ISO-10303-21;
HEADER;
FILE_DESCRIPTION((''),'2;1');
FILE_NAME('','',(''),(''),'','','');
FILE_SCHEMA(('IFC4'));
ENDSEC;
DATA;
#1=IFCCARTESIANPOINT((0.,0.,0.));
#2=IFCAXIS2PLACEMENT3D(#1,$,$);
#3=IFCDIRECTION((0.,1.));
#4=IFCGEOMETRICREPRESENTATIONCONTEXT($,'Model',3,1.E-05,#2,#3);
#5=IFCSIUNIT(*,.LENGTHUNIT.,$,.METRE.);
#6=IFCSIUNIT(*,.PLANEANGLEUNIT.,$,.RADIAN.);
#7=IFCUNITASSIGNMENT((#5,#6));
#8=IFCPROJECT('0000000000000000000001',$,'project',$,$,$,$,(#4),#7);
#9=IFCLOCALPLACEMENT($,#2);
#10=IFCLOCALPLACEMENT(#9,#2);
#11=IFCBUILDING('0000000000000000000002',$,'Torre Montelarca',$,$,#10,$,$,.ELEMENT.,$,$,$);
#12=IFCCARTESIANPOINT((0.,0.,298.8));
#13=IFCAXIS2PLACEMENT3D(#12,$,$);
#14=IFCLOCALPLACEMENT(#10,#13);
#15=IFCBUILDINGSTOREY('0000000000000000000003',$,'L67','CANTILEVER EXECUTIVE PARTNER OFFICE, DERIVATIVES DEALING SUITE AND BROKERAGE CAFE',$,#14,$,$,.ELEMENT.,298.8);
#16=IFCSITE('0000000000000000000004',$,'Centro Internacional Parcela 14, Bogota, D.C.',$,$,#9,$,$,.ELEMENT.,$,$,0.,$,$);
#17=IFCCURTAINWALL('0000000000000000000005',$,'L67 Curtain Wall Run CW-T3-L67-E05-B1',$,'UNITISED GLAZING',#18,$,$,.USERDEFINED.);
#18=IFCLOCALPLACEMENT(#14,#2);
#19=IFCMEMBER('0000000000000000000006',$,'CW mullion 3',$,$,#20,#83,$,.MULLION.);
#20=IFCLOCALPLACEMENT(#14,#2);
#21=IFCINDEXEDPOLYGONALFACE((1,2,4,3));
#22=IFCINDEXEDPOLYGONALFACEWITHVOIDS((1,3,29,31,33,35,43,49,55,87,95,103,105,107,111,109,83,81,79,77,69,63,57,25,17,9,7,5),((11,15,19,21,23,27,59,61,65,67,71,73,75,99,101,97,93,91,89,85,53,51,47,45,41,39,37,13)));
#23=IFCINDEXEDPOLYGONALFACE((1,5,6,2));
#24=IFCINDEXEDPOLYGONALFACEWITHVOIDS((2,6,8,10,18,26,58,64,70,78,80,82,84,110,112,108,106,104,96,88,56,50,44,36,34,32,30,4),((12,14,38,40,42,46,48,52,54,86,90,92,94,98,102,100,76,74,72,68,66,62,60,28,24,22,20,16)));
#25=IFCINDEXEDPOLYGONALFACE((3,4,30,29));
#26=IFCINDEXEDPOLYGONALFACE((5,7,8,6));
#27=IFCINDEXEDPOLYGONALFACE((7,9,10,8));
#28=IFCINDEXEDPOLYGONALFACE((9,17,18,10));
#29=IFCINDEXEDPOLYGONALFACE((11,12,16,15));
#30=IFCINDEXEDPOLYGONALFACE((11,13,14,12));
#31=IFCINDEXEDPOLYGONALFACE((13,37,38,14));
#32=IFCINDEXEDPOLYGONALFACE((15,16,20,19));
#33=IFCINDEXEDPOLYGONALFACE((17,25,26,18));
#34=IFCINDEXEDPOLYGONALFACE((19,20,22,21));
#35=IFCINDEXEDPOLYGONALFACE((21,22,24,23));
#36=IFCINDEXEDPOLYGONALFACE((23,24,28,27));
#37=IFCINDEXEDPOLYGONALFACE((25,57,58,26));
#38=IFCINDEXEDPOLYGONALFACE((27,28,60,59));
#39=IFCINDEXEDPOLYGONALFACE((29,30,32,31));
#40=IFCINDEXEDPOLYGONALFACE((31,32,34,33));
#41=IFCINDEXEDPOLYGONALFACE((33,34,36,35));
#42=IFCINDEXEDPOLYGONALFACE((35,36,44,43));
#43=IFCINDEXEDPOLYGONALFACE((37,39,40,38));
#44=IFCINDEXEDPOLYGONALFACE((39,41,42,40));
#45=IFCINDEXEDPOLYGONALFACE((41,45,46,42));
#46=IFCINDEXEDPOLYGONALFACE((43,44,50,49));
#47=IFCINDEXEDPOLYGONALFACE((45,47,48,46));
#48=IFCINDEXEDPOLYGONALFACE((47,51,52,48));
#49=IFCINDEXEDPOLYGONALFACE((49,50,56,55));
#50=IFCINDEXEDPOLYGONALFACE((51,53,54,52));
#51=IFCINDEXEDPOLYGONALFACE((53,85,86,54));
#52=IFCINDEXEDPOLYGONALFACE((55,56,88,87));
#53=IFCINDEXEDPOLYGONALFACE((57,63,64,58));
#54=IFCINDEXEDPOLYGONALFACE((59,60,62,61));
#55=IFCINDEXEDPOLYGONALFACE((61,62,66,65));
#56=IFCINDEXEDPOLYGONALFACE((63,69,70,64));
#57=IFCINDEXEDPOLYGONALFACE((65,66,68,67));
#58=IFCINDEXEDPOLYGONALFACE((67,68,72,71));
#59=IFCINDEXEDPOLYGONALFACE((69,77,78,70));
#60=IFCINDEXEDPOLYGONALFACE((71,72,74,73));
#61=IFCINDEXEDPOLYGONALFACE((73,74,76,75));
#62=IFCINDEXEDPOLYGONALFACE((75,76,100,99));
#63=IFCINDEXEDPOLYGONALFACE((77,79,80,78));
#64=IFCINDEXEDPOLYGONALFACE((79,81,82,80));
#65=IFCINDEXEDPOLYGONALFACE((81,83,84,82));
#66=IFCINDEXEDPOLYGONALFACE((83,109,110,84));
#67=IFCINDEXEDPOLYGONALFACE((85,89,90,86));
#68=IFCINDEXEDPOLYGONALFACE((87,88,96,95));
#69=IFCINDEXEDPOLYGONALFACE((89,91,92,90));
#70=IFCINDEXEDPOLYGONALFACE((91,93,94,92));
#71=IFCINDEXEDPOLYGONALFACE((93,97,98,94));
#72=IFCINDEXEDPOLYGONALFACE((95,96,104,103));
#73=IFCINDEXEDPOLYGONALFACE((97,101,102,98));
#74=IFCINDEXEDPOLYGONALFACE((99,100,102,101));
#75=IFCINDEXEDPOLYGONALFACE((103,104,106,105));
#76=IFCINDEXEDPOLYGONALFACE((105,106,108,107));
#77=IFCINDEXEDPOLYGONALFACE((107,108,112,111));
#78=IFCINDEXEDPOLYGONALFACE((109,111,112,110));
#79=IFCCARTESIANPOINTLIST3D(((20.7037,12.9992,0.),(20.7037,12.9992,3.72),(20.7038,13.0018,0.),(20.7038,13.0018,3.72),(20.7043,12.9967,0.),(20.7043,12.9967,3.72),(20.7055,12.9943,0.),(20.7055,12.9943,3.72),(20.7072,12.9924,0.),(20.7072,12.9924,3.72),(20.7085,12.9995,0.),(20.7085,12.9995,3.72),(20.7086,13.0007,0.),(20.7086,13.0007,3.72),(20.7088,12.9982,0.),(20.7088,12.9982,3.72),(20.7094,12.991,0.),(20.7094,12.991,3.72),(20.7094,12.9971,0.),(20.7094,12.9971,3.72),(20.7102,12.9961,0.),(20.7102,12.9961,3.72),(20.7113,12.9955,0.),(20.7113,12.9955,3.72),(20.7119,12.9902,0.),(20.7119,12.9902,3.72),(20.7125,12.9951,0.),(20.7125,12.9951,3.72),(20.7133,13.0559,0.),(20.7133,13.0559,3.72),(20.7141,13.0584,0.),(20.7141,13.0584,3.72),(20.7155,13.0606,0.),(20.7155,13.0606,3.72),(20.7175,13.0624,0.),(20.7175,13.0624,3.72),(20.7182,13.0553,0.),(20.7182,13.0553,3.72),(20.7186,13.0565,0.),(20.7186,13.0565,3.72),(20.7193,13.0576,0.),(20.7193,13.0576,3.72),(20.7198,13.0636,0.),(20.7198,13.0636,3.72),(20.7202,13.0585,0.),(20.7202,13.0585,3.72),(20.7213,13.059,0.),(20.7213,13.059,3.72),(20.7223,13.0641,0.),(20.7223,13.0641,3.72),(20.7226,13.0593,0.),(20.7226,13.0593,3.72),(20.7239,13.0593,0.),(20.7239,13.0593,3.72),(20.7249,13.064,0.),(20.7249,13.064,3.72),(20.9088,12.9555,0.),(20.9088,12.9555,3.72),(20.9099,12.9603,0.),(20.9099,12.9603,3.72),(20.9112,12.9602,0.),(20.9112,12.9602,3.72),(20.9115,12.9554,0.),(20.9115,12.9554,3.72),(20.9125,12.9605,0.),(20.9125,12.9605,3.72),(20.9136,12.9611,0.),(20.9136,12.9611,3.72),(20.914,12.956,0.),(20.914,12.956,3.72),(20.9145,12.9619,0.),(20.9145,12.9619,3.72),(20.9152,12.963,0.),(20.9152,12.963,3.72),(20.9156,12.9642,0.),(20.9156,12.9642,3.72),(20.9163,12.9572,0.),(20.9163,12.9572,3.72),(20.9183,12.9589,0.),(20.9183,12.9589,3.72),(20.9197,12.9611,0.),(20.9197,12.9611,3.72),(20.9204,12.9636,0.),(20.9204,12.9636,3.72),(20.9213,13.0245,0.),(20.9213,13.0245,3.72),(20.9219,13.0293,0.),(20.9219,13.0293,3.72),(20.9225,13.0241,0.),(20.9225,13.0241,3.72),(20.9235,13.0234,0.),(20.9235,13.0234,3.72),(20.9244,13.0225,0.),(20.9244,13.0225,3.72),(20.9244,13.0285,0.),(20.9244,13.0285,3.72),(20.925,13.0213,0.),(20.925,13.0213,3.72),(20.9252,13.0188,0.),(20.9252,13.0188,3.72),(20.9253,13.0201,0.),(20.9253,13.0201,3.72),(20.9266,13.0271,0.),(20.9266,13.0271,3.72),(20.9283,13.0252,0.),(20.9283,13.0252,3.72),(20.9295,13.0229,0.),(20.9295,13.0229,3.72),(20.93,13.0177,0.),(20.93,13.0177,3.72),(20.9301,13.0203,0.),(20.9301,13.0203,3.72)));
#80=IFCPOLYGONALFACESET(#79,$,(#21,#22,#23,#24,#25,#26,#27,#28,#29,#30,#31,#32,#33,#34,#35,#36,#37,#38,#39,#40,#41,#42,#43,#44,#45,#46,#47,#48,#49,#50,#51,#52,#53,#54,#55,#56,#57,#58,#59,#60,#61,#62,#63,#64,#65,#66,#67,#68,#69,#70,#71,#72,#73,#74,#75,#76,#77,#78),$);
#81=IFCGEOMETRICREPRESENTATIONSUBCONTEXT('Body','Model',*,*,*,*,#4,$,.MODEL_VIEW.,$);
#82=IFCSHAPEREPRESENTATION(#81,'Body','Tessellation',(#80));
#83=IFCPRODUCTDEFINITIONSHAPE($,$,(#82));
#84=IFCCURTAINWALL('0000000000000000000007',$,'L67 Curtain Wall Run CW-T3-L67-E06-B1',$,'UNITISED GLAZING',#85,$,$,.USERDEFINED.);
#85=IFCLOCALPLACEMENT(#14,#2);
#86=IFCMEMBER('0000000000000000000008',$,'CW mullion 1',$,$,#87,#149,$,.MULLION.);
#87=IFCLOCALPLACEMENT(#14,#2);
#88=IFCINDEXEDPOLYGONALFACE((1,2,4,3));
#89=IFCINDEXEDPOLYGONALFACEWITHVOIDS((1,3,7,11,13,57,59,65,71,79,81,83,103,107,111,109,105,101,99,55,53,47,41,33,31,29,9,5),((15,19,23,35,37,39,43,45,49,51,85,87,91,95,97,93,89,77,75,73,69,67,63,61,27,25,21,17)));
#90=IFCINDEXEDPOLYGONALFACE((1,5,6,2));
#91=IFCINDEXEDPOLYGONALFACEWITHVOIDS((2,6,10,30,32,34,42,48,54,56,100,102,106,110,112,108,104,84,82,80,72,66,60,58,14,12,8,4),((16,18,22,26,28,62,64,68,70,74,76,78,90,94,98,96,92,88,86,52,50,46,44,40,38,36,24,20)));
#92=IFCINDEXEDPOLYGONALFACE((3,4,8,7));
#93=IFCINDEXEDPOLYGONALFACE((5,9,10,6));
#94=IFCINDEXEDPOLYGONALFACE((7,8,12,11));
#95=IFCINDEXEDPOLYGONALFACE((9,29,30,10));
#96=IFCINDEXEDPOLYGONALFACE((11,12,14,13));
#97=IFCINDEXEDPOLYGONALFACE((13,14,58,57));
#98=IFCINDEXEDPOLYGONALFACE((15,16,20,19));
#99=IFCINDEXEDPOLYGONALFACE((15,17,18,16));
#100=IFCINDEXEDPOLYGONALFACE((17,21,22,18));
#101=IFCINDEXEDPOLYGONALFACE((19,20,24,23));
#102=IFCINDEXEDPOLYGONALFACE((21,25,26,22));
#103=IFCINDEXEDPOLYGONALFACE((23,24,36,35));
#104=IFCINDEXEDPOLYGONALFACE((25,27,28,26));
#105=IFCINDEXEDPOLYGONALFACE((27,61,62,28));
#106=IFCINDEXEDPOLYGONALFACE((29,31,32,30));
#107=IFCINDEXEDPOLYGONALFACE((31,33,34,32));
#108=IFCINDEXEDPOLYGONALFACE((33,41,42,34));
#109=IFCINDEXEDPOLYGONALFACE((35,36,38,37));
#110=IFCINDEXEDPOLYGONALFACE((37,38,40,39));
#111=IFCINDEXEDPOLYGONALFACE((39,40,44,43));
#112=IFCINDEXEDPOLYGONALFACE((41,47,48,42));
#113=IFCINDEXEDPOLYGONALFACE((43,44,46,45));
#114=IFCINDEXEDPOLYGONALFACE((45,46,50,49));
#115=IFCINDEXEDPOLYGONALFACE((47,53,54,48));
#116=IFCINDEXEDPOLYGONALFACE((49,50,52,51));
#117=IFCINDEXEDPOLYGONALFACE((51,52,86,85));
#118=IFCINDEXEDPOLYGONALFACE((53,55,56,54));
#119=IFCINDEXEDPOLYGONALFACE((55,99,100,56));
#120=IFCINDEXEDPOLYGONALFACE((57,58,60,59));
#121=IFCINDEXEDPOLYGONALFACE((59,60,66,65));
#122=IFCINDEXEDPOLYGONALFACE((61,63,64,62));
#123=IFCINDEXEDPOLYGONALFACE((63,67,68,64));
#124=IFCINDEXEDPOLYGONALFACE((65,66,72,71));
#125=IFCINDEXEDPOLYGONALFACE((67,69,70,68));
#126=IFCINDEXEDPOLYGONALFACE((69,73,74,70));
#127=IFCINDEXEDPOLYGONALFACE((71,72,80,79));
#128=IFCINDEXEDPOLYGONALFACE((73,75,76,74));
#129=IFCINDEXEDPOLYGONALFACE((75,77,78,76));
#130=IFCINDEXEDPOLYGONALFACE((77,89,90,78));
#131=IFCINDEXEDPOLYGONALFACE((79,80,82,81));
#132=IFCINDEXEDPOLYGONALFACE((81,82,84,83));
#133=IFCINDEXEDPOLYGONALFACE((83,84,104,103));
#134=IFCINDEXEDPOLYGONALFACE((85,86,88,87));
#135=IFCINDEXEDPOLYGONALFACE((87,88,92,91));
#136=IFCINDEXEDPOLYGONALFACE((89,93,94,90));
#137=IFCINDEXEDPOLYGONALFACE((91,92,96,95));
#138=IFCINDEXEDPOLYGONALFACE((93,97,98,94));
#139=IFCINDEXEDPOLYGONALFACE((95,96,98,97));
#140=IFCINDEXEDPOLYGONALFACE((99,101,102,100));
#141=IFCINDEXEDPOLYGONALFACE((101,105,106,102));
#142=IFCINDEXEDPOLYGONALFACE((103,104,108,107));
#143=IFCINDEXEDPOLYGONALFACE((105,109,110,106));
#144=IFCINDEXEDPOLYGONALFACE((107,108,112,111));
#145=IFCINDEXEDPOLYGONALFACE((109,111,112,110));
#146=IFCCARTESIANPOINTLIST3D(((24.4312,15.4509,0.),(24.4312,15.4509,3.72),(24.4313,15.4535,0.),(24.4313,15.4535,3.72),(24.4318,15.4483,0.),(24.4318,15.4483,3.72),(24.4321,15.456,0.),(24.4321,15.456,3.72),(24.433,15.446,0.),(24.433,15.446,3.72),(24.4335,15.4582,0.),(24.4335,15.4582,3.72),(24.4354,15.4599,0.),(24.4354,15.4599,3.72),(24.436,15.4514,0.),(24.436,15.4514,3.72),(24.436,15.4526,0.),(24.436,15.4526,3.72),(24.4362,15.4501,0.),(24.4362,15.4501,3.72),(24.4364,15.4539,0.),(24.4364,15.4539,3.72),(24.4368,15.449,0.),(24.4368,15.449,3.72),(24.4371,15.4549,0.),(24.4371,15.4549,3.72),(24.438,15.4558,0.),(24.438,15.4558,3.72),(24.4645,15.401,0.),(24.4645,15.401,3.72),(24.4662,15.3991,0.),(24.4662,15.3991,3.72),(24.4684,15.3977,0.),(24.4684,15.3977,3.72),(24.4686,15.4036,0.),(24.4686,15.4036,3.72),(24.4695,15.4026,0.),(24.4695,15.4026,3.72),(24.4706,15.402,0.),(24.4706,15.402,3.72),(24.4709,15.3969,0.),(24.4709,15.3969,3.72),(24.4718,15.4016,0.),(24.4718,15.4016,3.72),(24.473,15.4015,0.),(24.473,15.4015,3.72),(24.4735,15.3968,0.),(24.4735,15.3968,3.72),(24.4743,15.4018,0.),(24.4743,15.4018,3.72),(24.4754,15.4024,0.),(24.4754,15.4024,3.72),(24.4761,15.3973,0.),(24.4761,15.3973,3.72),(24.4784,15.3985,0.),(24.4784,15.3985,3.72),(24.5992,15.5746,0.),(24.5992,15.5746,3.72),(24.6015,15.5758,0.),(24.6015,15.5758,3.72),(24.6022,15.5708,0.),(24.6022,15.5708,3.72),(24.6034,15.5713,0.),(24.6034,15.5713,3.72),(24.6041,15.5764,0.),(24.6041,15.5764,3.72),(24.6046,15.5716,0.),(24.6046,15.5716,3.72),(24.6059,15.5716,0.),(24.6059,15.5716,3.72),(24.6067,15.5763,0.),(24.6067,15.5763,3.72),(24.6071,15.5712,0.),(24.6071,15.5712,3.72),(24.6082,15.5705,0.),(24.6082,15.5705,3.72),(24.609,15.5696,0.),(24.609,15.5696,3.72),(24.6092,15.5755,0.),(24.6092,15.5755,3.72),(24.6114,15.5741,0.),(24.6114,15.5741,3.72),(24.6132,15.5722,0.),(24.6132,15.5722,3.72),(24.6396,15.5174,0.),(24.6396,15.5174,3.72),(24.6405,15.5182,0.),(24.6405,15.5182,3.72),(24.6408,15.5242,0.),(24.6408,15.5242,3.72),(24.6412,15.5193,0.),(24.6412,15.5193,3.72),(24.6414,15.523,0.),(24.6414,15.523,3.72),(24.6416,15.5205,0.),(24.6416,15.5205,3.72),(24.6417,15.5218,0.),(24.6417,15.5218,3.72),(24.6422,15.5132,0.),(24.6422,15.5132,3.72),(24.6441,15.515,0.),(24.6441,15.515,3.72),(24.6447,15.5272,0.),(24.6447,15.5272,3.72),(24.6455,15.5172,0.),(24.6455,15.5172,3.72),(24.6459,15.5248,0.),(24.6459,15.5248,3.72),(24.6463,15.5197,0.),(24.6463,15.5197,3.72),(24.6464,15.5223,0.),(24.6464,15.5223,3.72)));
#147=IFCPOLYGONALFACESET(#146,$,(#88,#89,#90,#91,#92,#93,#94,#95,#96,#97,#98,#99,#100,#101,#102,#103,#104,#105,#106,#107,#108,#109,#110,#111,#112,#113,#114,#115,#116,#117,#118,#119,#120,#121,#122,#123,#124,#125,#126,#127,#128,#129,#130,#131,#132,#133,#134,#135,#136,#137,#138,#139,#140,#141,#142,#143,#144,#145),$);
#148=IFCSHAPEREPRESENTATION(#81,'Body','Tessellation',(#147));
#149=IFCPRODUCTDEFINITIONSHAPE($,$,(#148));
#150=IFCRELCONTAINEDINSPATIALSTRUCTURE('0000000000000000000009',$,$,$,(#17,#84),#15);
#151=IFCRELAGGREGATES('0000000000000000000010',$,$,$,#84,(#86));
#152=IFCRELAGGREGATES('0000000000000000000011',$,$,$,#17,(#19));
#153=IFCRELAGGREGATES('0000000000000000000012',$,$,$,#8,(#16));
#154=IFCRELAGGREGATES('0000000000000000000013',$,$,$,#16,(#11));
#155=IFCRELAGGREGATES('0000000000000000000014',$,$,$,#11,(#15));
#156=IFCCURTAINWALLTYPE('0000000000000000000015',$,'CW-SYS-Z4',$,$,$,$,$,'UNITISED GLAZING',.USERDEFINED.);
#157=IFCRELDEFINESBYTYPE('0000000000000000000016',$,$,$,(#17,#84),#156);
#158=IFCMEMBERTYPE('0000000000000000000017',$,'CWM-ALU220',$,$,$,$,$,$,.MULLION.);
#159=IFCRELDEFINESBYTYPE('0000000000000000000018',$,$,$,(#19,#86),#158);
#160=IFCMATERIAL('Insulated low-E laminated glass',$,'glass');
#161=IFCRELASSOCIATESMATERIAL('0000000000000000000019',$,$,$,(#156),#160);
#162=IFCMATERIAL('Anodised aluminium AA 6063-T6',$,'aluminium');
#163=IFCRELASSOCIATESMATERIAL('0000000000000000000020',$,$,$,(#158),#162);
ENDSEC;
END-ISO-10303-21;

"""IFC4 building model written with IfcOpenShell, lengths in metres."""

from ifc_helpers import new_model, si_unit, direction, frame, origin, origin_2d, place, context, subcontext, project, spatial, hollow_rectangle, extrude, source, transform, mapped, material, material_profile, profile_set, type_object, element, aggregate, save


model = new_model("IFC4")

# Units and contexts
model_context = context("Model", 3, precision=1e-05, world=origin(), true_north=direction((0.0, 1.0)))
body_context = subcontext(model_context, "Body", "Model", "MODEL_VIEW")
ifc_project = project(units=[si_unit("LENGTHUNIT", "METRE"), si_unit("PLANEANGLEUNIT", "RADIAN")], contexts=[model_context])

# Site, building, storey
site_placement = place(None, origin())
site = spatial("IfcSite", under=ifc_project, at=site_placement, Name="Centro Internacional Parcela 14, Bogota, D.C.", CompositionType="ELEMENT", RefElevation=0.0)
building_placement = place(site_placement, origin())
building = spatial("IfcBuilding", under=site, at=building_placement, Name="Torre Montelarca", CompositionType="ELEMENT")
storey_placement = place(building_placement, frame((0.0, 0.0, 298.8)))
storey = spatial("IfcBuildingStorey", under=building, at=storey_placement, Name="L67", Description="CANTILEVER EXECUTIVE PARTNER OFFICE, DERIVATIVES DEALING SUITE AND BROKERAGE CAFE", CompositionType="ELEMENT", Elevation=298.8)

# Curtain wall, member
ifc_material_1 = material(Name="Insulated low-E laminated glass", Category="glass")
curtain_wall_type = type_object("IfcCurtainWallType", Name="CW-SYS-Z4", ElementType="UNITISED GLAZING", PredefinedType="USERDEFINED", material=ifc_material_1)
curtain_wall_1_placement = place(storey_placement, origin())
curtain_wall_1 = element("IfcCurtainWall", 1, at=curtain_wall_1_placement, inside=storey, type_object=curtain_wall_type, Name="L67 Curtain Wall Run CW-T3-L67-E05-B1", ObjectType="UNITISED GLAZING", PredefinedType="USERDEFINED")
ifc_material_2 = material(Name="Anodised aluminium AA 6063-T6", Category="aluminium")
ifc_material_profile_1 = material_profile(ifc_material_2, hollow_rectangle(XDim=0.075, YDim=0.22, WallThickness=0.0049, InnerFilletRadius=0.0049, OuterFilletRadius=0.01, at=origin_2d()), Name="ALU75X220X5", Category="aluminium")
ifc_profile_set_1 = profile_set([ifc_material_profile_1], Name="Anodised aluminium AA 6063-T6")
member_type_1 = type_object("IfcMemberType", Name="CWM-ALU220", PredefinedType="MULLION", material=ifc_profile_set_1)
shared_shape_1 = source(origin(), body_context, "Body", "SweptSolid", [
    extrude(hollow_rectangle(XDim=0.075, YDim=0.22, WallThickness=0.0049, InnerFilletRadius=0.0049, OuterFilletRadius=0.01, at=origin_2d()), origin(), (0.0, 0.0, 1.0), 3.72),
])
member_1_placement = place(storey_placement, frame((20.8169, 13.0098, 0.0), z_axis=(0.0, 0.0, 1.0), x_axis=(0.173635, 0.98481, 0.0)))
member_1 = element("IfcMember", 2, at=member_1_placement, type_object=member_type_1, Name="CW mullion 3", PredefinedType="MULLION", context=body_context, shape_type="MappedRepresentation", body=[
    mapped(shared_shape_1, transform((0.0, 0.0, 0.0), scale=1.0)),
])

# Curtain wall, member
curtain_wall_2_placement = place(storey_placement, origin())
curtain_wall_2 = element("IfcCurtainWall", 3, at=curtain_wall_2_placement, inside=storey, type_object=curtain_wall_type, Name="L67 Curtain Wall Run CW-T3-L67-E06-B1", ObjectType="UNITISED GLAZING", PredefinedType="USERDEFINED")
member_2_placement = place(storey_placement, frame((24.5388, 15.4866, 0.0), z_axis=(0.0, 0.0, 1.0), x_axis=(-0.573572, 0.819155, 0.0)))
member_2 = element("IfcMember", 4, at=member_2_placement, type_object=member_type_1, Name="CW mullion 1", PredefinedType="MULLION", context=body_context, shape_type="MappedRepresentation", body=[
    mapped(shared_shape_1, transform((0.0, 0.0, 0.0), scale=1.0)),
])

aggregate(curtain_wall_2, [member_2])

aggregate(curtain_wall_1, [member_1])

save(model, "model.ifc")
